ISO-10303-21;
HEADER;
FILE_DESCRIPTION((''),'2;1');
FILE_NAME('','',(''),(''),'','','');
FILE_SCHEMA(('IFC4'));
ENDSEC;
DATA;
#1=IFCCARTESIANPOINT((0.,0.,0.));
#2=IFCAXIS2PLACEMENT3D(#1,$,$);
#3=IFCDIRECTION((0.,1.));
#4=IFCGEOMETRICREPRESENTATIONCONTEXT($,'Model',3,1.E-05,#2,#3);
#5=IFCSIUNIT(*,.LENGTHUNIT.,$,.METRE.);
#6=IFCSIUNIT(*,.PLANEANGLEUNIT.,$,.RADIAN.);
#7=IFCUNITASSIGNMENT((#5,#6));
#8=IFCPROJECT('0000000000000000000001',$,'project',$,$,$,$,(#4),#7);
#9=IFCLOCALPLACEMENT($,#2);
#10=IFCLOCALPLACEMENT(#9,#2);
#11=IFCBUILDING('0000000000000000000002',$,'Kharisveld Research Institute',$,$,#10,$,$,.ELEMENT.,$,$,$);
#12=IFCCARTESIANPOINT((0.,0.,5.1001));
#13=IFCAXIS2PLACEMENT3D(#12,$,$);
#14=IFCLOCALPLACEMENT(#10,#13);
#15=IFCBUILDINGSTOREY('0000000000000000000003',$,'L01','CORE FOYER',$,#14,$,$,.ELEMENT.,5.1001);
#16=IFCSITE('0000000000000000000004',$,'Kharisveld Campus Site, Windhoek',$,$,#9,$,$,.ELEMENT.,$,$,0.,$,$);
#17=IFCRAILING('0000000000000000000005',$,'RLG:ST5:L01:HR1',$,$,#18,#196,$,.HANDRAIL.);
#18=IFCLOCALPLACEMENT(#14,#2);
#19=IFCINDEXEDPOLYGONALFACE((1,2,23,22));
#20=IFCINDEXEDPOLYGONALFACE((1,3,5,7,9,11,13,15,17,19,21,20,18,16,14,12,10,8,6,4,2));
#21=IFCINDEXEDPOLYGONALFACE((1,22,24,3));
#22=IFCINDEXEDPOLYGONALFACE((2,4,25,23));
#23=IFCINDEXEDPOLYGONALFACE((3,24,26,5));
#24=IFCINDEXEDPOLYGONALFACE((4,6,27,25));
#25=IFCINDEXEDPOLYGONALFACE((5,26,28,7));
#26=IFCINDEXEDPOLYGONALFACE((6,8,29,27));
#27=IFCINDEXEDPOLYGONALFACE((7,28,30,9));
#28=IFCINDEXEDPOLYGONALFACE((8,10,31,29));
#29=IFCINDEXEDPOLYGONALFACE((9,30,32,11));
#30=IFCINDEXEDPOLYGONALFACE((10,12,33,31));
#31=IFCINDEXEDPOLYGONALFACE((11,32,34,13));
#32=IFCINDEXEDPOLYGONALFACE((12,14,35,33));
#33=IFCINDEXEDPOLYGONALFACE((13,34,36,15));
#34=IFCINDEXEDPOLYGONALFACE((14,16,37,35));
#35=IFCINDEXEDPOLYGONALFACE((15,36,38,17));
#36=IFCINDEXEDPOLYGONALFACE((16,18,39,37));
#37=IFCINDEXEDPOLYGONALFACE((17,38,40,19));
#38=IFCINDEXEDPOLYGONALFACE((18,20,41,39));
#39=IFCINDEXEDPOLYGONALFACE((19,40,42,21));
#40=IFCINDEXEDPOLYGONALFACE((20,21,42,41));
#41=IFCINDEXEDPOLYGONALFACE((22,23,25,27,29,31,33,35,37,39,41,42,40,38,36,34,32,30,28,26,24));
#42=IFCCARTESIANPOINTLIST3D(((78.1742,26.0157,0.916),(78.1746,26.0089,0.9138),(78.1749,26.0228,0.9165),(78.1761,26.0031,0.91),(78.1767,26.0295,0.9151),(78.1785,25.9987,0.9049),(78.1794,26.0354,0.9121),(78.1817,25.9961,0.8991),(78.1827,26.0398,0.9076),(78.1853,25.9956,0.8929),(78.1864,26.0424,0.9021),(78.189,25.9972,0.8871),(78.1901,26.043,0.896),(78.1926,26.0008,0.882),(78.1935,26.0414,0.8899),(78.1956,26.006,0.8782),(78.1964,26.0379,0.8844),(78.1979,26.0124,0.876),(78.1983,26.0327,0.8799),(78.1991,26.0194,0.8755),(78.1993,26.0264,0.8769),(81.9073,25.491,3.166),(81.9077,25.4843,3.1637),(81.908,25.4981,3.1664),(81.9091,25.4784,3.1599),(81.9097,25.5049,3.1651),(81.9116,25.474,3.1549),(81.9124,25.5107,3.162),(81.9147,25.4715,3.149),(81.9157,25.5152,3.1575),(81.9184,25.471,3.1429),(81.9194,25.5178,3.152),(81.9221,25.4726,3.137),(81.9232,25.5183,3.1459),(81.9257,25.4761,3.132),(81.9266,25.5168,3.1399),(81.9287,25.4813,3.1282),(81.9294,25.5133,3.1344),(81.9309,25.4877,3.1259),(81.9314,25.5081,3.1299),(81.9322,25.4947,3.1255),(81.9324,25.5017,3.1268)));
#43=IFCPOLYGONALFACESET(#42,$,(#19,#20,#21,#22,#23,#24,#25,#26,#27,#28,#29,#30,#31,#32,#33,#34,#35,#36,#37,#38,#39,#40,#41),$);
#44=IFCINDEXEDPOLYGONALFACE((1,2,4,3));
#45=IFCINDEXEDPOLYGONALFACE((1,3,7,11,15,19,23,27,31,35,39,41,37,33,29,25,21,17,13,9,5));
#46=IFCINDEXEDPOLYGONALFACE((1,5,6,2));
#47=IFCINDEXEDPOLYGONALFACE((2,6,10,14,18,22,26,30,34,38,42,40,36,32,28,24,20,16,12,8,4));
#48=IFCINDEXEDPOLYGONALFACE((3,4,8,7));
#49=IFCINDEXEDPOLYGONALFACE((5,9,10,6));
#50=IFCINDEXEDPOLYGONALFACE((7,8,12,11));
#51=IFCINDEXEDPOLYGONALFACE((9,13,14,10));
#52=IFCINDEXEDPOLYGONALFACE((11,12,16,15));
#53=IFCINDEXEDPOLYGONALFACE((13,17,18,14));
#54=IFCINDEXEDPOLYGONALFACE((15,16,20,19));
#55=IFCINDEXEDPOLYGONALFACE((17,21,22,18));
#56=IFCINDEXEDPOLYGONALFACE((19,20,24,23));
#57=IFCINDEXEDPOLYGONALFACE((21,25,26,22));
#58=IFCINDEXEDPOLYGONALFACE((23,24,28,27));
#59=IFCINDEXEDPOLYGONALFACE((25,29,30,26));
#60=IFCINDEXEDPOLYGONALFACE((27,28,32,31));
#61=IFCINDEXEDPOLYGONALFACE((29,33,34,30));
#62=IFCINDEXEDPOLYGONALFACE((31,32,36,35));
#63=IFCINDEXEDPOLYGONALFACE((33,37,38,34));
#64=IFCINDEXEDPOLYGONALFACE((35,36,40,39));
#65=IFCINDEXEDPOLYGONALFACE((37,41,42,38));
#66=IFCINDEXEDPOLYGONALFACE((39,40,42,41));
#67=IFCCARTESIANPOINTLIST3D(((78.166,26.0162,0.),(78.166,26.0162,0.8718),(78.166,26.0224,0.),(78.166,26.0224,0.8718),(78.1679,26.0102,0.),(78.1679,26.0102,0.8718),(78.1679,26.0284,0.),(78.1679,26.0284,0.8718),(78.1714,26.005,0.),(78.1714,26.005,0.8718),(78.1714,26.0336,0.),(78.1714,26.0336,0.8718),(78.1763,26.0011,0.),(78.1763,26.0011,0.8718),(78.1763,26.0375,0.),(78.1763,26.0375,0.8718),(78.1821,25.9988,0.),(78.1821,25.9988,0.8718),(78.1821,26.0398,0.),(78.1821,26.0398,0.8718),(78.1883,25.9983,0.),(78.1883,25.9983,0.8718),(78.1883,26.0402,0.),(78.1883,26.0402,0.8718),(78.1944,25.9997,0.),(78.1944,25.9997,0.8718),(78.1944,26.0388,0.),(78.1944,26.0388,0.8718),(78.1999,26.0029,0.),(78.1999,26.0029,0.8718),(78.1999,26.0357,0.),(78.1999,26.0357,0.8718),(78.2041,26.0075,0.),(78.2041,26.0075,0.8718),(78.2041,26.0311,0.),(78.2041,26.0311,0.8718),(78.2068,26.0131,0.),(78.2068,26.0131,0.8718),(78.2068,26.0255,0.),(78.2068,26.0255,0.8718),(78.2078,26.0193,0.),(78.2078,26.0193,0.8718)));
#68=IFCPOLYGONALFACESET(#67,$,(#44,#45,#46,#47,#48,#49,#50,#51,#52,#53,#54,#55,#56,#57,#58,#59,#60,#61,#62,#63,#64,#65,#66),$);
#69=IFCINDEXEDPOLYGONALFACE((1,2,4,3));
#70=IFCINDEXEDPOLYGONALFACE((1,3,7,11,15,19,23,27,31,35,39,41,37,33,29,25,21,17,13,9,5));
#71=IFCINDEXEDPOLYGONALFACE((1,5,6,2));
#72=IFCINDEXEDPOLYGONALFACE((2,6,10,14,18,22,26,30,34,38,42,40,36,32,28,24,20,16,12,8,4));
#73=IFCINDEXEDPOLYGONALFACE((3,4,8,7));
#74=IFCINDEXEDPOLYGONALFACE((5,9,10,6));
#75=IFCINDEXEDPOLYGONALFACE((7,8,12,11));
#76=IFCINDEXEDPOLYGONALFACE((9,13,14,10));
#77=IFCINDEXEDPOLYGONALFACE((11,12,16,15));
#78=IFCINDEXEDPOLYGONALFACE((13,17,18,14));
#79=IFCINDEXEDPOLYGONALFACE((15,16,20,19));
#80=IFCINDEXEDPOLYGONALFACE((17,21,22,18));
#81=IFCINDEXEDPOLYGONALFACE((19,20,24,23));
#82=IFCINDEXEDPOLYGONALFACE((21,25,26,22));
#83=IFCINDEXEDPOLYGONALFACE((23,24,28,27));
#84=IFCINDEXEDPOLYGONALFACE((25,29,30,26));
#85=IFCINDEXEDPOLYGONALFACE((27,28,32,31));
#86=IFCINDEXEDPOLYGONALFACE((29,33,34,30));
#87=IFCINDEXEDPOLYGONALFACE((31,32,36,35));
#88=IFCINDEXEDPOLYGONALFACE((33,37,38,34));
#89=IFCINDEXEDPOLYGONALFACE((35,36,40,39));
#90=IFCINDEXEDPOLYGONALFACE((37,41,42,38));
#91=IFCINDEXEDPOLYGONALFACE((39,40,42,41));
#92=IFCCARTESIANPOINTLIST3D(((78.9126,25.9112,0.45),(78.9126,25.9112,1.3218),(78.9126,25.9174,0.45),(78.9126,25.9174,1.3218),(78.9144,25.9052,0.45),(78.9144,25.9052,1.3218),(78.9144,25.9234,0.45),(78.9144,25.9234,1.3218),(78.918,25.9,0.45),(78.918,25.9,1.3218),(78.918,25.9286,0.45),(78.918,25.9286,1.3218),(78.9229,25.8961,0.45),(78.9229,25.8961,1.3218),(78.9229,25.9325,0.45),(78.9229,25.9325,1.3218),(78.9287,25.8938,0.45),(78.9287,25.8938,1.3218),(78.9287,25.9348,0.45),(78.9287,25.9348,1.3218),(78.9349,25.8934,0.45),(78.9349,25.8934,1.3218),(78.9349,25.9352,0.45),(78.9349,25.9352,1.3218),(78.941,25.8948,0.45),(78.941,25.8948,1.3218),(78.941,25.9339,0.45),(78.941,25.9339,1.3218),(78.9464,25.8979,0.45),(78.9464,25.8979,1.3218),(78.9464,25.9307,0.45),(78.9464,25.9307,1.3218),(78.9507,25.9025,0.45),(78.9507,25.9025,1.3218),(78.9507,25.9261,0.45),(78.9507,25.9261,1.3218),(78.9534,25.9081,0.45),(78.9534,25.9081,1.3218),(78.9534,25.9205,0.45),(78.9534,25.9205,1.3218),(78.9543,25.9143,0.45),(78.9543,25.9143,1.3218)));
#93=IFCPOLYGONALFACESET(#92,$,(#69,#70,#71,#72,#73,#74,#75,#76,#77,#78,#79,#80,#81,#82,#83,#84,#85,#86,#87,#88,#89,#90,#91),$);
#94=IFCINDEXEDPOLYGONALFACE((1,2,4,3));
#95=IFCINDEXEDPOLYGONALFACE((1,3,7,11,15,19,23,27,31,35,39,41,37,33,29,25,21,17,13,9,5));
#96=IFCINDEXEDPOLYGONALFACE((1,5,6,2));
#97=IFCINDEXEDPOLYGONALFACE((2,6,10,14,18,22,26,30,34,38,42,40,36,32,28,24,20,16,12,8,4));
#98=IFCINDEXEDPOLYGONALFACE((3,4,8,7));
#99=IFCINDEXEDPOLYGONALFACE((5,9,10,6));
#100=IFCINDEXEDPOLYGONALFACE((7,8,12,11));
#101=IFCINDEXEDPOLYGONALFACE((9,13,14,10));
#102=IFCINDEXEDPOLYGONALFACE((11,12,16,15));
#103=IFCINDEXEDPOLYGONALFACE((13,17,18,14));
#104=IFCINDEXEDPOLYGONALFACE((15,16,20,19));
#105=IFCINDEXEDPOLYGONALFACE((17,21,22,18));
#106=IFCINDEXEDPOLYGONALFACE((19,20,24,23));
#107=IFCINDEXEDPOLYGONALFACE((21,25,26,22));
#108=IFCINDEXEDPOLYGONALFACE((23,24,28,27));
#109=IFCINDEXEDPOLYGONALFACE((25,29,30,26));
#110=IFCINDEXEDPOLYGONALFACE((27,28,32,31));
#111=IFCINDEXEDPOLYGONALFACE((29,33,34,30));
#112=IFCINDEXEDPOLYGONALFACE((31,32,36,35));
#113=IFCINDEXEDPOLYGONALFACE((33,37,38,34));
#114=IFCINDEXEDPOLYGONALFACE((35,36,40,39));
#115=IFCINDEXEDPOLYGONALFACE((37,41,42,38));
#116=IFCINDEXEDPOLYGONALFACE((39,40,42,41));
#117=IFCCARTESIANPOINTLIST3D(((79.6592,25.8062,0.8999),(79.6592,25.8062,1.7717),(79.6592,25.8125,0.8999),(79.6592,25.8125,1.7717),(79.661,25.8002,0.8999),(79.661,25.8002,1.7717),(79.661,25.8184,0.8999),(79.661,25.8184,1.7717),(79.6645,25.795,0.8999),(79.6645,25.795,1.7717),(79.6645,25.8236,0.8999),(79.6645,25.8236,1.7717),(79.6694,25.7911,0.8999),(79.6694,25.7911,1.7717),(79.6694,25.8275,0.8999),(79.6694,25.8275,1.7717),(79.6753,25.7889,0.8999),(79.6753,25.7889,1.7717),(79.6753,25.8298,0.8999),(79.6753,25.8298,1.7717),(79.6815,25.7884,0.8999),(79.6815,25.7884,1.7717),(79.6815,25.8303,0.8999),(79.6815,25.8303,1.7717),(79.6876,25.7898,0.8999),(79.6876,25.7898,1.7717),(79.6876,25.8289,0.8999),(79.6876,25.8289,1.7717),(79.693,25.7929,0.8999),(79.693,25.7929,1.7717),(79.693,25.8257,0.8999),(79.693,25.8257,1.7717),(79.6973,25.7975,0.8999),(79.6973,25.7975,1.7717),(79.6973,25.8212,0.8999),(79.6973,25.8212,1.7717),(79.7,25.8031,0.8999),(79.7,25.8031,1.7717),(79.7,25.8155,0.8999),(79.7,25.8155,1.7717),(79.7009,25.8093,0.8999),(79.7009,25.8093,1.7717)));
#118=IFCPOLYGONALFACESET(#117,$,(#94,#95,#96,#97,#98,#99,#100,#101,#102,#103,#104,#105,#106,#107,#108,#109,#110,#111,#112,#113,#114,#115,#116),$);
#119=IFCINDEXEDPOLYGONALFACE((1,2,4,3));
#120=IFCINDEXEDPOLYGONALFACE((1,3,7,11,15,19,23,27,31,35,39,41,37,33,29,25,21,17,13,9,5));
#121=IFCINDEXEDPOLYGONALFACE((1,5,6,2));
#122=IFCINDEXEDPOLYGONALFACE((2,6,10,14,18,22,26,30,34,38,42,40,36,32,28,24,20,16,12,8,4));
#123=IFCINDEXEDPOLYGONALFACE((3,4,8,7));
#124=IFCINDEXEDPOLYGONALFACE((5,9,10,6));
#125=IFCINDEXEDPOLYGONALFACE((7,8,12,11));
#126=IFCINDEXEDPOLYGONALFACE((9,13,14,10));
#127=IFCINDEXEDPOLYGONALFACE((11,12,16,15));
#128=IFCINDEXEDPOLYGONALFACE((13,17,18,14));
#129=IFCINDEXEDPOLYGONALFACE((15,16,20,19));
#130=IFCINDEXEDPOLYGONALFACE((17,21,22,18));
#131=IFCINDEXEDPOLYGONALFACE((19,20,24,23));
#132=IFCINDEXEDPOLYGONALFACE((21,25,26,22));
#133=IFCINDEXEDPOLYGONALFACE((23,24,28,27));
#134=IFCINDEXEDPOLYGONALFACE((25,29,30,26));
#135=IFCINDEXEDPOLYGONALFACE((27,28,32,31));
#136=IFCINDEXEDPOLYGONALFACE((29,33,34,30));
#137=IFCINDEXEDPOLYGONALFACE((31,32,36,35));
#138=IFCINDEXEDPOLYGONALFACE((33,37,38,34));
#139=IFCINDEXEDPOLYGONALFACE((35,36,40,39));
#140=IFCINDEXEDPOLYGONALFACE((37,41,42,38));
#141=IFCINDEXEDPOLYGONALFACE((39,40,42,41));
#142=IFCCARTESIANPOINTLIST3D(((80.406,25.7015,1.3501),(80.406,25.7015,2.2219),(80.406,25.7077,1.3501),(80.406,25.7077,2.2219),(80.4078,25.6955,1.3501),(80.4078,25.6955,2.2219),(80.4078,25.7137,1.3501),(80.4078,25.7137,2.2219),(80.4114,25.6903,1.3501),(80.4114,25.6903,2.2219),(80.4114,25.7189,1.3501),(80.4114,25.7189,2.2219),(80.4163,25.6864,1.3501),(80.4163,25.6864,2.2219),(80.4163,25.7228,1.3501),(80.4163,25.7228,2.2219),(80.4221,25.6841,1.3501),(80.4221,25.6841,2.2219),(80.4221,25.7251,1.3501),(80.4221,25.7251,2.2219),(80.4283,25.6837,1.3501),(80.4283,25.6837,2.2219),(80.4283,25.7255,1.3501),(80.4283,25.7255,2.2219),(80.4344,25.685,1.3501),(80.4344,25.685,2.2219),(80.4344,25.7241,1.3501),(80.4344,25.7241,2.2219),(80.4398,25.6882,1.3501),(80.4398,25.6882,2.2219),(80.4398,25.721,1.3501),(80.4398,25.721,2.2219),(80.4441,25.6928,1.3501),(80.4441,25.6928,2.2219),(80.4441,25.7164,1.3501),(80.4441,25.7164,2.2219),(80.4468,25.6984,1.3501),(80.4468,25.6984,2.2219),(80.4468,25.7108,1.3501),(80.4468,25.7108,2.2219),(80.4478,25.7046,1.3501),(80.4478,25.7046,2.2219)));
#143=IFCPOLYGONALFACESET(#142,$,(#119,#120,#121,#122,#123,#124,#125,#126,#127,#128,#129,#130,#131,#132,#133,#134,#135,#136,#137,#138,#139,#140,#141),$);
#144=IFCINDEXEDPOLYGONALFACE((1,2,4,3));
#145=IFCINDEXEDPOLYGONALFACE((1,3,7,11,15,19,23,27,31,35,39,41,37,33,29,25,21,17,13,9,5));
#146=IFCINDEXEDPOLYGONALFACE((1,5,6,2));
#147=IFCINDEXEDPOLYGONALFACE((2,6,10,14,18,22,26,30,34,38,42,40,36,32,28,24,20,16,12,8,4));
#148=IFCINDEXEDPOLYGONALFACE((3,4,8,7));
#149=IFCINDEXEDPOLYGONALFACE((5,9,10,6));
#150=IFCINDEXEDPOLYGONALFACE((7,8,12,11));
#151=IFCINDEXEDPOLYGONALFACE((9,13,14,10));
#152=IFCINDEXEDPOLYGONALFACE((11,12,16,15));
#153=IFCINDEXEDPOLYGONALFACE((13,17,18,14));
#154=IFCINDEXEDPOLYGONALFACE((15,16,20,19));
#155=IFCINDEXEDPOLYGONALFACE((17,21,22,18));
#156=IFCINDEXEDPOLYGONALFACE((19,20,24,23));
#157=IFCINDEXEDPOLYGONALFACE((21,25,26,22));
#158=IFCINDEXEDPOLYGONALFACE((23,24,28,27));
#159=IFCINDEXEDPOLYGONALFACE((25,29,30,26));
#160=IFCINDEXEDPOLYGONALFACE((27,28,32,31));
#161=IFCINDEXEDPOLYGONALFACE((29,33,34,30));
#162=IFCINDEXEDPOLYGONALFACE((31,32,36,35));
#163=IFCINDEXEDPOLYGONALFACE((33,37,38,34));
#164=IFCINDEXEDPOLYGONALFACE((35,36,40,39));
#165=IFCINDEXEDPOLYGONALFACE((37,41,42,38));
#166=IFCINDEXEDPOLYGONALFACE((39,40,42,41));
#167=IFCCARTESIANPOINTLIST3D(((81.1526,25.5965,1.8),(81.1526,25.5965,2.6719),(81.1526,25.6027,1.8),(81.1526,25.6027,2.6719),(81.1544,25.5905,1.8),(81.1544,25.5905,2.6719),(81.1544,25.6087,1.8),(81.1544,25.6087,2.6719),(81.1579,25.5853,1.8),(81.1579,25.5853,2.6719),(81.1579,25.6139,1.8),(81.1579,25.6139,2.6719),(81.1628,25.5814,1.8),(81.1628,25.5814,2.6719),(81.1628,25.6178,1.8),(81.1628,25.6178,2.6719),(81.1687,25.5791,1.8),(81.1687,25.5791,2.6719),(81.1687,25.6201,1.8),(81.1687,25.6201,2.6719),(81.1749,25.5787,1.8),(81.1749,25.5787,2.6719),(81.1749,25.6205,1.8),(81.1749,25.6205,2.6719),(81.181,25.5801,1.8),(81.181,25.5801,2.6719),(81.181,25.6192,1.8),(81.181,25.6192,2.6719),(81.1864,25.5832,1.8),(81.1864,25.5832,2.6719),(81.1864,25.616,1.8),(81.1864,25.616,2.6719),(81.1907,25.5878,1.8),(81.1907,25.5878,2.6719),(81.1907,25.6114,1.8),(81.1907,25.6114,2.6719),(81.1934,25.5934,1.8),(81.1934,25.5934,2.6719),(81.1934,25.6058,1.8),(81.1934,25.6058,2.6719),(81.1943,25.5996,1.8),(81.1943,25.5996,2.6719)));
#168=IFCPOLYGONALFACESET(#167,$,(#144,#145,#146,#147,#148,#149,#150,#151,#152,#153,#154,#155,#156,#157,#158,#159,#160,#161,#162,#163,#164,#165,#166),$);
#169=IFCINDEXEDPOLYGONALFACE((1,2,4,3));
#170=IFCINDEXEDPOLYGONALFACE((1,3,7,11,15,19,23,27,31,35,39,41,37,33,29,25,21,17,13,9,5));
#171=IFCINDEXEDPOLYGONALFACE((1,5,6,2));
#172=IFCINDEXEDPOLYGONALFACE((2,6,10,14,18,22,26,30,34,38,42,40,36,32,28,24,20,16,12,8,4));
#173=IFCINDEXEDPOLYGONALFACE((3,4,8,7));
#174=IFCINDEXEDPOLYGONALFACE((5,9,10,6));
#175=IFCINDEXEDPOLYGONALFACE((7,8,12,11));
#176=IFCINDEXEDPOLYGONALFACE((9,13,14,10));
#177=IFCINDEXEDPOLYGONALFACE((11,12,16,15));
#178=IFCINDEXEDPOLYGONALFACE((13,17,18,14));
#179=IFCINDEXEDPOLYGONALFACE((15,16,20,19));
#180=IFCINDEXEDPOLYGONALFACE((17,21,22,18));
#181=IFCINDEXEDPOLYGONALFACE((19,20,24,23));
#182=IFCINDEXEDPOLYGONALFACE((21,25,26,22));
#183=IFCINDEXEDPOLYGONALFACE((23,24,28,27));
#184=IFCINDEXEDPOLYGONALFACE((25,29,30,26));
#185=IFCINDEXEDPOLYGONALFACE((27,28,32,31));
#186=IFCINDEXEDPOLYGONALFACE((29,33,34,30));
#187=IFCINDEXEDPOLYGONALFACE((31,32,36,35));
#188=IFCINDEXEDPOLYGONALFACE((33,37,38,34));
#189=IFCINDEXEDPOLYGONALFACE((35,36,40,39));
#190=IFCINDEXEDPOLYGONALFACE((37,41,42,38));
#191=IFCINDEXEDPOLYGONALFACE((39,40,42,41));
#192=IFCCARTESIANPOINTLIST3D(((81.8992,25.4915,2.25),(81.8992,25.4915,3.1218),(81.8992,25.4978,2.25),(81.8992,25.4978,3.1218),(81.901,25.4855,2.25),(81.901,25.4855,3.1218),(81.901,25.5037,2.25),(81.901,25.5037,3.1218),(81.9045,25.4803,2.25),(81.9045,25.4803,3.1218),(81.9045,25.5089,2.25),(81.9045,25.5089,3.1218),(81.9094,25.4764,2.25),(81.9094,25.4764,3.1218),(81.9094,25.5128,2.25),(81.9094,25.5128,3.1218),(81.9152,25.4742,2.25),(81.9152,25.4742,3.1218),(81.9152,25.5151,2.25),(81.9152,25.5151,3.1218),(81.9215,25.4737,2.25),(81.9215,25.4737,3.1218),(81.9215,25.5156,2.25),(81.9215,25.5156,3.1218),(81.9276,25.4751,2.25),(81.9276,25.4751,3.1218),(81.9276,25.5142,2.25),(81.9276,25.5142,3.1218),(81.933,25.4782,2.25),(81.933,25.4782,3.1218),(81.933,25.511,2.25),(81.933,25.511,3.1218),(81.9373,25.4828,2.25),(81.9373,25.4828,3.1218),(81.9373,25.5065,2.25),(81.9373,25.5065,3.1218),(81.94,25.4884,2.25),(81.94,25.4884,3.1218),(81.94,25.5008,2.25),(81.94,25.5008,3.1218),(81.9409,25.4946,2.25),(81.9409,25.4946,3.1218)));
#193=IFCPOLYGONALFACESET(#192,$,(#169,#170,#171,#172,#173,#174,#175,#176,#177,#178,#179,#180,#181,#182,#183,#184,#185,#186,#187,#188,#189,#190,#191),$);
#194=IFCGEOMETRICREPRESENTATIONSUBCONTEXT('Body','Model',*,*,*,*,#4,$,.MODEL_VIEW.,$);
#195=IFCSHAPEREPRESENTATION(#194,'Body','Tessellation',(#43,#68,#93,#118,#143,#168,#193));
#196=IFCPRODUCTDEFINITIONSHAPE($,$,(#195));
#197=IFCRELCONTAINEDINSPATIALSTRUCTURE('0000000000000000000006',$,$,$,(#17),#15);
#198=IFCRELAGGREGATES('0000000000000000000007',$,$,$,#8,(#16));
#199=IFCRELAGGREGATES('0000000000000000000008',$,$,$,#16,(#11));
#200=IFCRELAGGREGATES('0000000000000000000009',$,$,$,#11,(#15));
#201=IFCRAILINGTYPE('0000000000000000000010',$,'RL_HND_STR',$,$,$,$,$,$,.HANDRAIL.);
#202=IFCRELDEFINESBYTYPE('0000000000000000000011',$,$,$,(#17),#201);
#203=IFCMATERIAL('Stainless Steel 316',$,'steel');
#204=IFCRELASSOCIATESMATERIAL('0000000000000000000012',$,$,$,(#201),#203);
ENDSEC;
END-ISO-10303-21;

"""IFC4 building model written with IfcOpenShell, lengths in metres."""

from ifc_helpers import new_model, si_unit, direction, frame, origin, origin_2d, place, context, subcontext, project, spatial, circle, extrude, material, type_object, element, save


model = new_model("IFC4")

# Units and contexts
model_context = context("Model", 3, precision=1e-05, world=origin(), true_north=direction((0.0, 1.0)))
body_context = subcontext(model_context, "Body", "Model", "MODEL_VIEW")
ifc_project = project(units=[si_unit("LENGTHUNIT", "METRE"), si_unit("PLANEANGLEUNIT", "RADIAN")], contexts=[model_context])

# Site, building, storey
site_placement = place(None, origin())
site = spatial("IfcSite", under=ifc_project, at=site_placement, Name="Kharisveld Campus Site, Windhoek", CompositionType="ELEMENT", RefElevation=0.0)
building_placement = place(site_placement, origin())
building = spatial("IfcBuilding", under=site, at=building_placement, Name="Kharisveld Research Institute", CompositionType="ELEMENT")
storey_placement = place(building_placement, frame((0.0, 0.0, 5.1001)))
storey = spatial("IfcBuildingStorey", under=building, at=storey_placement, Name="L01", Description="CORE FOYER", CompositionType="ELEMENT", Elevation=5.1001)

# Railing
ifc_material_1 = material(Name="Stainless Steel 316", Category="steel")
railing_type_1 = type_object("IfcRailingType", Name="RL_HND_STR", PredefinedType="HANDRAIL", material=ifc_material_1)
railing_1_placement = place(storey_placement, frame((78.1868, 26.0193, 0.0)))
element("IfcRailing", 1, at=railing_1_placement, inside=storey, type_object=railing_type_1, Name="RLG:ST5:L01:HR1", PredefinedType="HANDRAIL", context=body_context, shape_type="SweptSolid", body=[
    extrude(circle(Radius=0.0239, at=origin_2d()), frame((0.0, 0.0, 0.896), z_axis=(0.85033, -0.119506, 0.5125), x_axis=(0.139172, 0.990268, 0.0)), (0.0, 0.0, 1.0), 4.3901),
    extrude(circle(Radius=0.021, at=origin_2d()), origin(), (0.0, 0.0, 1.0), 0.8718),
    extrude(circle(Radius=0.021, at=origin_2d()), frame((0.7466, -0.105, 0.45)), (0.0, 0.0, 1.0), 0.8718),
    extrude(circle(Radius=0.021, at=origin_2d()), frame((1.4932, -0.21, 0.8999)), (0.0, 0.0, 1.0), 0.8718),
    extrude(circle(Radius=0.021, at=origin_2d()), frame((2.24, -0.3147, 1.3501)), (0.0, 0.0, 1.0), 0.8718),
    extrude(circle(Radius=0.021, at=origin_2d()), frame((2.9866, -0.4197, 1.8)), (0.0, 0.0, 1.0), 0.8718),
    extrude(circle(Radius=0.021, at=origin_2d()), frame((3.7332, -0.5247, 2.25)), (0.0, 0.0, 1.0), 0.8718),
])

save(model, "model.ifc")
